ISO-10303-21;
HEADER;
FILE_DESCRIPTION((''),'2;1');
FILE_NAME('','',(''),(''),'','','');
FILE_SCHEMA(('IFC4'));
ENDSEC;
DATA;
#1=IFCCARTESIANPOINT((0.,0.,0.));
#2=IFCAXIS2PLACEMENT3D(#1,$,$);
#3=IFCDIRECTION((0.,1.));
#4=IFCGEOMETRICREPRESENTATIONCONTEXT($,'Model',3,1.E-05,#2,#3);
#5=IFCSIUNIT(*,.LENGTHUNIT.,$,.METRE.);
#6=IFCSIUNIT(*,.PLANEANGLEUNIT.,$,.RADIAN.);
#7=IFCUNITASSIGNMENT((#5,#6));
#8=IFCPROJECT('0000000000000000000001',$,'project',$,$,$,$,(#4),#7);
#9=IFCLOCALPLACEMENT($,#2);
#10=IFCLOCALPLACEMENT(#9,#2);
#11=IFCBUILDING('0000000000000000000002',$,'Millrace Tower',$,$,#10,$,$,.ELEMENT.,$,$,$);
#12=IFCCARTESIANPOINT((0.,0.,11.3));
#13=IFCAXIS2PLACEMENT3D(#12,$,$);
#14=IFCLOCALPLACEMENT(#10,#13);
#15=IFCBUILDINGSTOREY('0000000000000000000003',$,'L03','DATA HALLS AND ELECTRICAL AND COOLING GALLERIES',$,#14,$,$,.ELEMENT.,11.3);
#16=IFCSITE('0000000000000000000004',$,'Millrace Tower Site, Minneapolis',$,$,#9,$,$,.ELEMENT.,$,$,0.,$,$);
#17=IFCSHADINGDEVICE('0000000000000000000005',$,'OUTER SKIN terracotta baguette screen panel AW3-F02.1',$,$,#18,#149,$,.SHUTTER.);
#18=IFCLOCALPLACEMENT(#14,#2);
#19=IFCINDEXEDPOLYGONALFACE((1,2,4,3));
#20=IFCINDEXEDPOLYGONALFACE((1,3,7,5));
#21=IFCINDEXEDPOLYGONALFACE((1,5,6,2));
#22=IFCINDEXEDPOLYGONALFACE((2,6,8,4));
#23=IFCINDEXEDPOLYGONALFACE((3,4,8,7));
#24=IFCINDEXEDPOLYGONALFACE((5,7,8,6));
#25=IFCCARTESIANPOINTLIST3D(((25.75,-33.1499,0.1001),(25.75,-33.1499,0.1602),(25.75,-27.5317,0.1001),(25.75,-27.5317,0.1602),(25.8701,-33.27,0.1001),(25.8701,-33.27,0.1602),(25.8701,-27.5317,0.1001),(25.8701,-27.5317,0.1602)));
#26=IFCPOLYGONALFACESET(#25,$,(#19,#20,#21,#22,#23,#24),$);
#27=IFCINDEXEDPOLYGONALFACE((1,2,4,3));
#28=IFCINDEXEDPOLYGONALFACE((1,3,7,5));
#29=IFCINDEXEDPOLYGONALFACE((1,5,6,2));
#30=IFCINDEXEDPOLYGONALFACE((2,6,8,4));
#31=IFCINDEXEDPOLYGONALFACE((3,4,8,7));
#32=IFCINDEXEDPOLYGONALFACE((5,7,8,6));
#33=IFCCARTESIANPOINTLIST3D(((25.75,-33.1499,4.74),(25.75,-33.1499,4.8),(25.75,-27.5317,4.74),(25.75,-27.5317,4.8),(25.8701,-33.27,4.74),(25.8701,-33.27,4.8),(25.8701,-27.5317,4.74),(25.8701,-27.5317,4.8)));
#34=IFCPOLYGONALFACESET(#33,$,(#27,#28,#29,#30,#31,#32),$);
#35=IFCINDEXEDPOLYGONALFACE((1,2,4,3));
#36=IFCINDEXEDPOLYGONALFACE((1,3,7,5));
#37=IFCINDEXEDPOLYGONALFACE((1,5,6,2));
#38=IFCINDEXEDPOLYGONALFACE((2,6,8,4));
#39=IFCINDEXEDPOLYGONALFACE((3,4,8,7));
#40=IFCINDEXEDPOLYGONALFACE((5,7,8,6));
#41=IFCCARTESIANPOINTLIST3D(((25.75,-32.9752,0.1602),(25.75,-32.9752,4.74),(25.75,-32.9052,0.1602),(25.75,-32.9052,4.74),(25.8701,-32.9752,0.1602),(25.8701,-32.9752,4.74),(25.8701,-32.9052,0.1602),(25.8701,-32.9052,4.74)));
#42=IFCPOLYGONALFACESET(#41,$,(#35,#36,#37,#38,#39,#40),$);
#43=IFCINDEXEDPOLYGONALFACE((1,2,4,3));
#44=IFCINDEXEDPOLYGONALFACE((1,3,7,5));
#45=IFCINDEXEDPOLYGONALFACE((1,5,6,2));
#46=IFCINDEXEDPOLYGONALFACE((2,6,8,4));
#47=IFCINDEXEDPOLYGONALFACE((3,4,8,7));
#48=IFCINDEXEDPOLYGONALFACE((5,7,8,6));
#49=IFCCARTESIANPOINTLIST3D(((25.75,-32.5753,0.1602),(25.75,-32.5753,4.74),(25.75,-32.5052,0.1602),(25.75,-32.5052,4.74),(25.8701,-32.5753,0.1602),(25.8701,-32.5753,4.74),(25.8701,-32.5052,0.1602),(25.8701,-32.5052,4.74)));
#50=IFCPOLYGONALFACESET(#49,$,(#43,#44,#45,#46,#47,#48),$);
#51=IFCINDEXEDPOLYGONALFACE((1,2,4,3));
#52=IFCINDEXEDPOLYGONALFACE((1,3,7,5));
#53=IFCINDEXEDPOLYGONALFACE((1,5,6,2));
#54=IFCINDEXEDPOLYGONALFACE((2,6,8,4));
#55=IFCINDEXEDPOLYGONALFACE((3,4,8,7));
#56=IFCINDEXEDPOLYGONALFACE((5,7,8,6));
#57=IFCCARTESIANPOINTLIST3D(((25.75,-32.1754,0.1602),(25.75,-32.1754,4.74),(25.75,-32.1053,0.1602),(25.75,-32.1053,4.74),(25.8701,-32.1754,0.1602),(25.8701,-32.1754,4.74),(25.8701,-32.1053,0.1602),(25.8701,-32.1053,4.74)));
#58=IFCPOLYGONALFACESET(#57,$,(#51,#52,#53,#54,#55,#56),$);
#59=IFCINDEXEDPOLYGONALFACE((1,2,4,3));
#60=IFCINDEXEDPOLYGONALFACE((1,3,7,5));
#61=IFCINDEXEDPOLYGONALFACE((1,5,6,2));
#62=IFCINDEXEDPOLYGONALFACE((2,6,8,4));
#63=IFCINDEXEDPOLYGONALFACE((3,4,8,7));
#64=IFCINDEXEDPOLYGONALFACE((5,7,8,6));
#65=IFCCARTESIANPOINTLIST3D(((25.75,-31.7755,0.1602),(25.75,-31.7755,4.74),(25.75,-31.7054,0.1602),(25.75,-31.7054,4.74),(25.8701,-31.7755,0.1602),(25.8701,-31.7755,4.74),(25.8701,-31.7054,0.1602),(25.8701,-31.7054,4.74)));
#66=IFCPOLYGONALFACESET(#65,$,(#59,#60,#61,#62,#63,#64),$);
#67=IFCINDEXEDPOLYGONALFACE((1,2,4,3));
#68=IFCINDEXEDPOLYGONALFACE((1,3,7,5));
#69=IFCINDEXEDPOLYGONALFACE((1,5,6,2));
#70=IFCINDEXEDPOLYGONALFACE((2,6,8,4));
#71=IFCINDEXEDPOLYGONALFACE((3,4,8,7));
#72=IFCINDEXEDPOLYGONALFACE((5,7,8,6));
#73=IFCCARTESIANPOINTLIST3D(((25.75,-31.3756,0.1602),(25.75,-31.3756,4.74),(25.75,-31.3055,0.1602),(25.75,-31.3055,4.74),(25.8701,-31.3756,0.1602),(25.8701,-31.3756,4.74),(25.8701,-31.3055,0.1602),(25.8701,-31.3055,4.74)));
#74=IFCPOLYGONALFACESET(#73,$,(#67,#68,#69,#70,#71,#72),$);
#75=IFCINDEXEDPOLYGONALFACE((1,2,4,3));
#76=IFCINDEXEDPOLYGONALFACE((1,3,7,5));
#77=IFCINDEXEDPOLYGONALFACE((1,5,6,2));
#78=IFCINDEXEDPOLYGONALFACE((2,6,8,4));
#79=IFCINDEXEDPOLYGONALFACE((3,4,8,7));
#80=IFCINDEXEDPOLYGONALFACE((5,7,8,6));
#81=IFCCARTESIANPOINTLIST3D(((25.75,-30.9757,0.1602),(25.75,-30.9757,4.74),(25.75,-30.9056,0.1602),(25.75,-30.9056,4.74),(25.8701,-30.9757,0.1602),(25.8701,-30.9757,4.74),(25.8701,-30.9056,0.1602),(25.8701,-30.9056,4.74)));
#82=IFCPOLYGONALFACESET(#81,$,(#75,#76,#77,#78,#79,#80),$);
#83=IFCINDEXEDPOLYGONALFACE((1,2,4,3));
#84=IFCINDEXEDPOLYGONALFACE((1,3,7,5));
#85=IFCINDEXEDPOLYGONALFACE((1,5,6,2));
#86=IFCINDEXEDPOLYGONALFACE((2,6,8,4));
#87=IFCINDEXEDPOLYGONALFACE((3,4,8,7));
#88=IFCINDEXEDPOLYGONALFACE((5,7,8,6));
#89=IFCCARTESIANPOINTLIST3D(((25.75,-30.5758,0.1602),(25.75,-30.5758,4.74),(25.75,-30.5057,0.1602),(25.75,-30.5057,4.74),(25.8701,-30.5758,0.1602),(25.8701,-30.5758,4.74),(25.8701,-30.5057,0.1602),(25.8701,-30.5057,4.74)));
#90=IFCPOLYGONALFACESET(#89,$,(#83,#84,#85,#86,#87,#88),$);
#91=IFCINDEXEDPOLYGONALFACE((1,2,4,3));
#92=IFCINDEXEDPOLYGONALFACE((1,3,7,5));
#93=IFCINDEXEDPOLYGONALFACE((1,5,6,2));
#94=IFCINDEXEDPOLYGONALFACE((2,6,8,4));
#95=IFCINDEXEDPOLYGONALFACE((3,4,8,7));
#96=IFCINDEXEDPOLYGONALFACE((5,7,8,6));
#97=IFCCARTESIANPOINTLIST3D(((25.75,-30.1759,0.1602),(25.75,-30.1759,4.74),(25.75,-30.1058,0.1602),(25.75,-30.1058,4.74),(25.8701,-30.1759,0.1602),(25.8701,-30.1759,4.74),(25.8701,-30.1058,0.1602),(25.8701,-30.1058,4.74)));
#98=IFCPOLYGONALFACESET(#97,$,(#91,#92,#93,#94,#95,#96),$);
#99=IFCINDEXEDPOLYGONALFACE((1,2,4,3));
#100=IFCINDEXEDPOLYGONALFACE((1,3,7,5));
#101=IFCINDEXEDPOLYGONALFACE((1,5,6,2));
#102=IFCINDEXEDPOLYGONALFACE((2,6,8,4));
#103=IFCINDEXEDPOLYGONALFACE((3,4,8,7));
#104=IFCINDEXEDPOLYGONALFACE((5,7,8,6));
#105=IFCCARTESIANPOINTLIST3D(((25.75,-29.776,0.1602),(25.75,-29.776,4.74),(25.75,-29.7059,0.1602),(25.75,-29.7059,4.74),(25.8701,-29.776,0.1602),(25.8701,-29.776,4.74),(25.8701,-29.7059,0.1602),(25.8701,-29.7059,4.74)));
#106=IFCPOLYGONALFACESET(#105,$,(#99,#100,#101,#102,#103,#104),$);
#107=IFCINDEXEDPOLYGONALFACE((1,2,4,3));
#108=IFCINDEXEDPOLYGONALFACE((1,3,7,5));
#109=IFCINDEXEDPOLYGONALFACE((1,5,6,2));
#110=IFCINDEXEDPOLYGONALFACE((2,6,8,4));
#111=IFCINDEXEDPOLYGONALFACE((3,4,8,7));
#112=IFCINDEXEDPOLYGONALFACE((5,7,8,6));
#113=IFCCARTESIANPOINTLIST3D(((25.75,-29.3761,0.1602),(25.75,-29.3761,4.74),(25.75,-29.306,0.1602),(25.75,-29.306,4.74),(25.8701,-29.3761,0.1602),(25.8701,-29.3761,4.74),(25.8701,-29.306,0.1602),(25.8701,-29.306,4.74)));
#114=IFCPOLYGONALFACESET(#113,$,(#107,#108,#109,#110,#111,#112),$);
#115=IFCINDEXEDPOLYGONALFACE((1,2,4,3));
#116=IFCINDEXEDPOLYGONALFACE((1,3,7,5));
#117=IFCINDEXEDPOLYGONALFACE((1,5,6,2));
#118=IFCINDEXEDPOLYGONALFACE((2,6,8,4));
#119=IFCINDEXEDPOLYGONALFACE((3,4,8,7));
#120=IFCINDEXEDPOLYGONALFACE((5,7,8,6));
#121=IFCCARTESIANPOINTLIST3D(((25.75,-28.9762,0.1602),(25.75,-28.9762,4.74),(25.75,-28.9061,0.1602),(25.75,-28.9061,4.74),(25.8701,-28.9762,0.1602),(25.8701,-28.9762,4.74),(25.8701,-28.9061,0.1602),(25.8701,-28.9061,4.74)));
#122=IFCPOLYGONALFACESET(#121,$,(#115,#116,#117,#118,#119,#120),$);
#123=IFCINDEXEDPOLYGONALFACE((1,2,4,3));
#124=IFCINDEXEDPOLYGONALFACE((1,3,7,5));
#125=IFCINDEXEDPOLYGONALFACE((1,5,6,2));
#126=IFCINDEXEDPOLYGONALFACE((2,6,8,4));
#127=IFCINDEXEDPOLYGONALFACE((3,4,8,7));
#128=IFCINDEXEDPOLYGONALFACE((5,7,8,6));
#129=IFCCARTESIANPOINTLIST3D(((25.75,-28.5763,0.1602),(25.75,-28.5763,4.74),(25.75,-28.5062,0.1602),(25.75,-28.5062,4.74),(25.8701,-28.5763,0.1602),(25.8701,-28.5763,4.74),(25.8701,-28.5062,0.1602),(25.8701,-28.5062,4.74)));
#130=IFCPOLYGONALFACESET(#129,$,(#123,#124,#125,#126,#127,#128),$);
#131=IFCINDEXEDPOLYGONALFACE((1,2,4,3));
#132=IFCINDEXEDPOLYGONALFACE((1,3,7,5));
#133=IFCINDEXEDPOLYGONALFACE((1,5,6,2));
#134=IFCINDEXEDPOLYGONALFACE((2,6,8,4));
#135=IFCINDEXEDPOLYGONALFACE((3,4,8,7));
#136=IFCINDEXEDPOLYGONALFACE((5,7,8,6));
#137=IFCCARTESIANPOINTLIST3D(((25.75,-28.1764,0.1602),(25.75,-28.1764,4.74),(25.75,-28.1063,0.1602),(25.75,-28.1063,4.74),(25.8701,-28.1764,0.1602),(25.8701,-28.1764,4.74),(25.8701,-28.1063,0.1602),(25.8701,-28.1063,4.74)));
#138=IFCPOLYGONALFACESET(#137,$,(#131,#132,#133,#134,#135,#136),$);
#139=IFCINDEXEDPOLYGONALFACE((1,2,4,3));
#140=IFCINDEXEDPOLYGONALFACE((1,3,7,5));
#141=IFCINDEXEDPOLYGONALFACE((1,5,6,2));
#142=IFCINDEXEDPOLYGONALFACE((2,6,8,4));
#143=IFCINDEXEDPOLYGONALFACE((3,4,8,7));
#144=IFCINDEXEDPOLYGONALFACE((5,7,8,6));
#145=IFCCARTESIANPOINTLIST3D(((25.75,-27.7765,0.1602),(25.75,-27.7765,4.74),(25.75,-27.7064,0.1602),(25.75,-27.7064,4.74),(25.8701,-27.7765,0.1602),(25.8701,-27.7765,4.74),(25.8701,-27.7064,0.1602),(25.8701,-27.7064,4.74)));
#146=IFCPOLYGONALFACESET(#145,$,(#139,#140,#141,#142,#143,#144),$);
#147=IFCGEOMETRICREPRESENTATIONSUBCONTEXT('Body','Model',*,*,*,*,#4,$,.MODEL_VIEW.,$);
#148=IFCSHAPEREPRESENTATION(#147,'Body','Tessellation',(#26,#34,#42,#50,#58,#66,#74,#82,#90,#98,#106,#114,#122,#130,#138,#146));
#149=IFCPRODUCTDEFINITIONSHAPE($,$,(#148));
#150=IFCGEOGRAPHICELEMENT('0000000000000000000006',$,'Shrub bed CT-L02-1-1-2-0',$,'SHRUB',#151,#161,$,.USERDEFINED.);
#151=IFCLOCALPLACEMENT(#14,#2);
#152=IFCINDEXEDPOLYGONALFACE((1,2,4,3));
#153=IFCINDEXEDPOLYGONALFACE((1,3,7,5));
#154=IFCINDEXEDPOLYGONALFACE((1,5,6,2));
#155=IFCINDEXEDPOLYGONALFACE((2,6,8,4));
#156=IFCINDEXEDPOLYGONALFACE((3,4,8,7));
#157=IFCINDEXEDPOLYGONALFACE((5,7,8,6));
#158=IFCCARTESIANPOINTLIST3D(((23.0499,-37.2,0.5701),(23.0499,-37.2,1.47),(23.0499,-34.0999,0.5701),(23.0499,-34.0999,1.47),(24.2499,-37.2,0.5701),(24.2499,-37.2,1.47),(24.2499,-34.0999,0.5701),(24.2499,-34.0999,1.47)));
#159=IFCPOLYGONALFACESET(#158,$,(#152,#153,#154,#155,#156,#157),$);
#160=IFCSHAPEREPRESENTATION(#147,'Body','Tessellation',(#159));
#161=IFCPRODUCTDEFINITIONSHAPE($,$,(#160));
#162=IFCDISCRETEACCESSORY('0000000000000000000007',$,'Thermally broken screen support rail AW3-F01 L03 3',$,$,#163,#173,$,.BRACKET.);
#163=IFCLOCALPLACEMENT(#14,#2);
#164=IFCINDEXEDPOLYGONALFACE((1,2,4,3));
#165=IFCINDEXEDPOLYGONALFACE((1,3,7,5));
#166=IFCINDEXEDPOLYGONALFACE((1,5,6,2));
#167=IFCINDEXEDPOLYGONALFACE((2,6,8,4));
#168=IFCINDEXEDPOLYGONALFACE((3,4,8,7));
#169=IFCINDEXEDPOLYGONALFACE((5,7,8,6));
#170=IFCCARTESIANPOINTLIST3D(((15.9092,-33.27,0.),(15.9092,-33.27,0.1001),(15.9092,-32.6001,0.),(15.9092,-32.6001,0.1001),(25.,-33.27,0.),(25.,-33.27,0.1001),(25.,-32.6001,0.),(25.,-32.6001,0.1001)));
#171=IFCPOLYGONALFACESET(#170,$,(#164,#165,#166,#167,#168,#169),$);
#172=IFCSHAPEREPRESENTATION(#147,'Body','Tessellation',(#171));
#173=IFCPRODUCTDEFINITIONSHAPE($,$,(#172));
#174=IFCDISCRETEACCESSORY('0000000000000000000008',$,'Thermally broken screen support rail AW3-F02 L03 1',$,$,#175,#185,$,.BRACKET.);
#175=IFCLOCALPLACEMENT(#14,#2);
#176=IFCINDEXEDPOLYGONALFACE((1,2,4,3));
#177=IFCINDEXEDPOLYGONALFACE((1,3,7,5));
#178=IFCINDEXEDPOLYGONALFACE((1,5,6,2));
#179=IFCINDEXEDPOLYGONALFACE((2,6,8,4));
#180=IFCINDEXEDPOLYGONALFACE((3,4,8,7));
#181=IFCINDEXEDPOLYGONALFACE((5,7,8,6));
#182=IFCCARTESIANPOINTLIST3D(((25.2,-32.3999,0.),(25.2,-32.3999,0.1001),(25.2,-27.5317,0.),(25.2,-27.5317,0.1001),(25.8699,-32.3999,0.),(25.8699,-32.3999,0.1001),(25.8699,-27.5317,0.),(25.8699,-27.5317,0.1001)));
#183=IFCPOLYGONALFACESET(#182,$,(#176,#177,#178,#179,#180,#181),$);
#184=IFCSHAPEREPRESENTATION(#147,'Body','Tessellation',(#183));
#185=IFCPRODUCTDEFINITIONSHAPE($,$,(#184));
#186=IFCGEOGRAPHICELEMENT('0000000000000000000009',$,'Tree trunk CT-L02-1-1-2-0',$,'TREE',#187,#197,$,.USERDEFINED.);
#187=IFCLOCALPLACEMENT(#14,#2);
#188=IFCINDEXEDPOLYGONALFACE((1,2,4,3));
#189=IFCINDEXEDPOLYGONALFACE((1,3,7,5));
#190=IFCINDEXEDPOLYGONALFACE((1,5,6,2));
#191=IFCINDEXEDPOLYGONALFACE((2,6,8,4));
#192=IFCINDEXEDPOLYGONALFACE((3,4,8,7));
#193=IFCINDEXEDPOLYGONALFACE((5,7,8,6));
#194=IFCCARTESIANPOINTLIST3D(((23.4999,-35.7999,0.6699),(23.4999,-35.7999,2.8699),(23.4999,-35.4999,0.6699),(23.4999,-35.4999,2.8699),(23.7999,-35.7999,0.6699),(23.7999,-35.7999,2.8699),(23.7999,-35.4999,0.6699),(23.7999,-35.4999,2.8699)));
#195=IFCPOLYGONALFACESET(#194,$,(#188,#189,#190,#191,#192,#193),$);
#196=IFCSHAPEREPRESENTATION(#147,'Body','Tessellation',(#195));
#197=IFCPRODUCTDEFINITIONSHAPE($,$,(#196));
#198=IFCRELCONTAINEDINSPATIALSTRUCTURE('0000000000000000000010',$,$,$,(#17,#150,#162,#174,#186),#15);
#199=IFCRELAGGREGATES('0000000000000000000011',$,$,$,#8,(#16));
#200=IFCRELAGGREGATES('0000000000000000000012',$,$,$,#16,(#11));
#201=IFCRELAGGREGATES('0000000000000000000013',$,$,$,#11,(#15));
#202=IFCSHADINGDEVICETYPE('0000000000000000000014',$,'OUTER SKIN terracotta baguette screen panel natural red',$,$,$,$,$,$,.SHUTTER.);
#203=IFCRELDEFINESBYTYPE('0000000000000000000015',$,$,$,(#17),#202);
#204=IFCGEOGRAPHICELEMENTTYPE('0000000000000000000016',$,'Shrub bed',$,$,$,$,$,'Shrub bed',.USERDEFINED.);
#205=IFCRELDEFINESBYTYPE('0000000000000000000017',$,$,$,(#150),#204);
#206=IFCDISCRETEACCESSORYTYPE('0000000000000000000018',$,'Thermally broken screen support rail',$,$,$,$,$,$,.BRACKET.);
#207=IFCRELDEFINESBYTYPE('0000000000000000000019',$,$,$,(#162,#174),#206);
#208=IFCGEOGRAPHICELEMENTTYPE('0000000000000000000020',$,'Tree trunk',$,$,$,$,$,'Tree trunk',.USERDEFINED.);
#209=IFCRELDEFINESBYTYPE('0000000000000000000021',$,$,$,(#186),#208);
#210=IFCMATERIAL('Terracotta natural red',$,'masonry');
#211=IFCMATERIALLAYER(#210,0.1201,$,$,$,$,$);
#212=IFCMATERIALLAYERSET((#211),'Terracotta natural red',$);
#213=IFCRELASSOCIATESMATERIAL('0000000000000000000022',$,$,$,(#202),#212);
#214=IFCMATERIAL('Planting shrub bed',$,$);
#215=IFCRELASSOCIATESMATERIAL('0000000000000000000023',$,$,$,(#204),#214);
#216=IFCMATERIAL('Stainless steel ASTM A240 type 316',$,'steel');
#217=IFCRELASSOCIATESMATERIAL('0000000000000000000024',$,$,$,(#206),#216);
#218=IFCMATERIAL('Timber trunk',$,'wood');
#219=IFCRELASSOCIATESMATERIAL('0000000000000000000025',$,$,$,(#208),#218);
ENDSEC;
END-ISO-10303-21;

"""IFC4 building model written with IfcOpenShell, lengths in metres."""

from ifc_helpers import new_model, entity, si_unit, direction, frame, frame_2d, origin, origin_2d, place, context, subcontext, project, spatial, rectangle, extrude, source, transform, mapped, material, layer, layer_set, type_object, element, save


model = new_model("IFC4")

# Units and contexts
model_context = context("Model", 3, precision=1e-05, world=origin(), true_north=direction((0.0, 1.0)))
body_context = subcontext(model_context, "Body", "Model", "MODEL_VIEW")
ifc_project = project(units=[si_unit("LENGTHUNIT", "METRE"), si_unit("PLANEANGLEUNIT", "RADIAN")], contexts=[model_context])

# Site, building, storey
site_placement = place(None, origin())
site = spatial("IfcSite", under=ifc_project, at=site_placement, Name="Millrace Tower Site, Minneapolis", CompositionType="ELEMENT", RefElevation=0.0)
building_placement = place(site_placement, origin())
building = spatial("IfcBuilding", under=site, at=building_placement, Name="Millrace Tower", CompositionType="ELEMENT")
storey_placement = place(building_placement, frame((0.0, 0.0, 11.3)))
storey = spatial("IfcBuildingStorey", under=building, at=storey_placement, Name="L03", Description="DATA HALLS AND ELECTRICAL AND COOLING GALLERIES", CompositionType="ELEMENT", Elevation=11.3)

# Shading device
ifc_material_1 = material(Name="Terracotta natural red", Category="masonry")
ifc_layer_1 = layer(ifc_material_1, 0.1201)
ifc_layer_set_1 = layer_set([ifc_layer_1], Name="Terracotta natural red")
shading_device_type_1 = type_object("IfcShadingDeviceType", Name="OUTER SKIN terracotta baguette screen panel natural red", PredefinedType="SHUTTER", material=ifc_layer_set_1)
cartesian_point_1 = entity("IfcCartesianPoint", [-2.7791, 0.0601])
shared_polyline_1 = entity("IfcPolyline", [cartesian_point_1, entity("IfcCartesianPoint", [2.8391, 0.0601]), entity("IfcCartesianPoint", [2.8391, -0.0601]), entity("IfcCartesianPoint", [-2.8992, -0.0601]), cartesian_point_1])
shared_shape_1 = source(origin(), body_context, "Body", "SweptSolid", [
    entity("IfcExtrudedAreaSolid", entity("IfcArbitraryClosedProfileDef", "AREA", None, shared_polyline_1), entity("IfcAxis2Placement3D", entity("IfcCartesianPoint", [0.0, 0.0, 0.0])), entity("IfcDirection", [0.0, 0.0, 1.0]), 0.0601),
    entity("IfcExtrudedAreaSolid", entity("IfcArbitraryClosedProfileDef", "AREA", None, shared_polyline_1), entity("IfcAxis2Placement3D", entity("IfcCartesianPoint", [0.0, 0.0, 4.6399])), entity("IfcDirection", [0.0, 0.0, 1.0]), 0.0601),
    extrude(rectangle(XDim=0.0701, YDim=0.1201, at=frame_2d((-2.5693, 0.0))), frame((0.0, 0.0, 0.0601)), (0.0, 0.0, 1.0), 4.5798),
    extrude(rectangle(XDim=0.0701, YDim=0.1201, at=frame_2d((-2.1694, 0.0))), frame((0.0, 0.0, 0.0601)), (0.0, 0.0, 1.0), 4.5798),
    extrude(rectangle(XDim=0.0701, YDim=0.1201, at=frame_2d((-1.7695, 0.0))), frame((0.0, 0.0, 0.0601)), (0.0, 0.0, 1.0), 4.5798),
    extrude(rectangle(XDim=0.0701, YDim=0.1201, at=frame_2d((-1.3696, 0.0))), frame((0.0, 0.0, 0.0601)), (0.0, 0.0, 1.0), 4.5798),
    extrude(rectangle(XDim=0.0701, YDim=0.1201, at=frame_2d((-0.9697, 0.0))), frame((0.0, 0.0, 0.0601)), (0.0, 0.0, 1.0), 4.5798),
    extrude(rectangle(XDim=0.0701, YDim=0.1201, at=frame_2d((-0.5698, 0.0))), frame((0.0, 0.0, 0.0601)), (0.0, 0.0, 1.0), 4.5798),
    extrude(rectangle(XDim=0.0701, YDim=0.1201, at=frame_2d((-0.1699, 0.0))), frame((0.0, 0.0, 0.0601)), (0.0, 0.0, 1.0), 4.5798),
    extrude(rectangle(XDim=0.0701, YDim=0.1201, at=frame_2d((0.23, 0.0))), frame((0.0, 0.0, 0.0601)), (0.0, 0.0, 1.0), 4.5798),
    extrude(rectangle(XDim=0.0701, YDim=0.1201, at=frame_2d((0.6299, 0.0))), frame((0.0, 0.0, 0.0601)), (0.0, 0.0, 1.0), 4.5798),
    extrude(rectangle(XDim=0.0701, YDim=0.1201, at=frame_2d((1.0298, 0.0))), frame((0.0, 0.0, 0.0601)), (0.0, 0.0, 1.0), 4.5798),
    extrude(rectangle(XDim=0.0701, YDim=0.1201, at=frame_2d((1.4297, 0.0))), frame((0.0, 0.0, 0.0601)), (0.0, 0.0, 1.0), 4.5798),
    extrude(rectangle(XDim=0.0701, YDim=0.1201, at=frame_2d((1.8296, 0.0))), frame((0.0, 0.0, 0.0601)), (0.0, 0.0, 1.0), 4.5798),
    extrude(rectangle(XDim=0.0701, YDim=0.1201, at=frame_2d((2.2295, 0.0))), frame((0.0, 0.0, 0.0601)), (0.0, 0.0, 1.0), 4.5798),
    extrude(rectangle(XDim=0.0701, YDim=0.1201, at=frame_2d((2.6294, 0.0))), frame((0.0, 0.0, 0.0601)), (0.0, 0.0, 1.0), 4.5798),
])
shading_device_1_placement = place(storey_placement, frame((25.8101, -30.3708, 0.1001), z_axis=(0.0, 0.0, 1.0), x_axis=(0.0, 1.0, 0.0)))
element("IfcShadingDevice", 1, at=shading_device_1_placement, inside=storey, type_object=shading_device_type_1, Name="OUTER SKIN terracotta baguette screen panel AW3-F02.1", PredefinedType="SHUTTER", context=body_context, shape_type="MappedRepresentation", body=[
    mapped(shared_shape_1, transform((0.0, 0.0, 0.0), scale=1.0)),
])

# Geographic element
ifc_material_2 = material(Name="Planting shrub bed")
geographic_element_type_1 = type_object("IfcGeographicElementType", Name="Shrub bed", ElementType="Shrub bed", PredefinedType="USERDEFINED", material=ifc_material_2)
geographic_element_1_placement = place(storey_placement, frame((23.6499, -35.6499, 0.5701), z_axis=(0.0, 0.0, 1.0), x_axis=(0.0, 1.0, 0.0)))
element("IfcGeographicElement", 2, at=geographic_element_1_placement, inside=storey, type_object=geographic_element_type_1, Name="Shrub bed CT-L02-1-1-2-0", ObjectType="SHRUB", PredefinedType="USERDEFINED", context=body_context, shape_type="SweptSolid", body=[
    extrude(rectangle(XDim=3.1001, YDim=1.2, at=origin_2d()), origin(), (0.0, 0.0, 1.0), 0.8999),
])

# Discrete accessories
ifc_material_3 = material(Name="Stainless steel ASTM A240 type 316", Category="steel")
discrete_accessory_type = type_object("IfcDiscreteAccessoryType", Name="Thermally broken screen support rail", PredefinedType="BRACKET", material=ifc_material_3)
discrete_accessory_1_placement = place(storey_placement, frame((20.4546, -32.9351, 0.0), z_axis=(0.0, 0.0, 1.0), x_axis=(1.0, 0.0, 0.0)))
element("IfcDiscreteAccessory", 3, at=discrete_accessory_1_placement, inside=storey, type_object=discrete_accessory_type, Name="Thermally broken screen support rail AW3-F01 L03 3", PredefinedType="BRACKET", context=body_context, shape_type="SweptSolid", body=[
    extrude(rectangle(XDim=9.0908, YDim=0.6699, at=origin_2d()), origin(), (0.0, 0.0, 1.0), 0.1001),
])
discrete_accessory_2_placement = place(storey_placement, frame((25.5349, -29.9658, 0.0), z_axis=(0.0, 0.0, 1.0), x_axis=(0.0, 1.0, 0.0)))
element("IfcDiscreteAccessory", 4, at=discrete_accessory_2_placement, inside=storey, type_object=discrete_accessory_type, Name="Thermally broken screen support rail AW3-F02 L03 1", PredefinedType="BRACKET", context=body_context, shape_type="SweptSolid", body=[
    extrude(rectangle(XDim=4.8682, YDim=0.6699, at=origin_2d()), origin(), (0.0, 0.0, 1.0), 0.1001),
])

# Geographic element
ifc_material_4 = material(Name="Timber trunk", Category="wood")
geographic_element_type_2 = type_object("IfcGeographicElementType", Name="Tree trunk", ElementType="Tree trunk", PredefinedType="USERDEFINED", material=ifc_material_4)
geographic_element_2_placement = place(storey_placement, frame((23.6499, -35.6499, 0.6699), z_axis=(0.0, 0.0, 1.0), x_axis=(1.0, 0.0, 0.0)))
element("IfcGeographicElement", 5, at=geographic_element_2_placement, inside=storey, type_object=geographic_element_type_2, Name="Tree trunk CT-L02-1-1-2-0", ObjectType="TREE", PredefinedType="USERDEFINED", context=body_context, shape_type="SweptSolid", body=[
    extrude(rectangle(XDim=0.3, YDim=0.3, at=origin_2d()), origin(), (0.0, 0.0, 1.0), 2.2),
])

save(model, "model.ifc")
